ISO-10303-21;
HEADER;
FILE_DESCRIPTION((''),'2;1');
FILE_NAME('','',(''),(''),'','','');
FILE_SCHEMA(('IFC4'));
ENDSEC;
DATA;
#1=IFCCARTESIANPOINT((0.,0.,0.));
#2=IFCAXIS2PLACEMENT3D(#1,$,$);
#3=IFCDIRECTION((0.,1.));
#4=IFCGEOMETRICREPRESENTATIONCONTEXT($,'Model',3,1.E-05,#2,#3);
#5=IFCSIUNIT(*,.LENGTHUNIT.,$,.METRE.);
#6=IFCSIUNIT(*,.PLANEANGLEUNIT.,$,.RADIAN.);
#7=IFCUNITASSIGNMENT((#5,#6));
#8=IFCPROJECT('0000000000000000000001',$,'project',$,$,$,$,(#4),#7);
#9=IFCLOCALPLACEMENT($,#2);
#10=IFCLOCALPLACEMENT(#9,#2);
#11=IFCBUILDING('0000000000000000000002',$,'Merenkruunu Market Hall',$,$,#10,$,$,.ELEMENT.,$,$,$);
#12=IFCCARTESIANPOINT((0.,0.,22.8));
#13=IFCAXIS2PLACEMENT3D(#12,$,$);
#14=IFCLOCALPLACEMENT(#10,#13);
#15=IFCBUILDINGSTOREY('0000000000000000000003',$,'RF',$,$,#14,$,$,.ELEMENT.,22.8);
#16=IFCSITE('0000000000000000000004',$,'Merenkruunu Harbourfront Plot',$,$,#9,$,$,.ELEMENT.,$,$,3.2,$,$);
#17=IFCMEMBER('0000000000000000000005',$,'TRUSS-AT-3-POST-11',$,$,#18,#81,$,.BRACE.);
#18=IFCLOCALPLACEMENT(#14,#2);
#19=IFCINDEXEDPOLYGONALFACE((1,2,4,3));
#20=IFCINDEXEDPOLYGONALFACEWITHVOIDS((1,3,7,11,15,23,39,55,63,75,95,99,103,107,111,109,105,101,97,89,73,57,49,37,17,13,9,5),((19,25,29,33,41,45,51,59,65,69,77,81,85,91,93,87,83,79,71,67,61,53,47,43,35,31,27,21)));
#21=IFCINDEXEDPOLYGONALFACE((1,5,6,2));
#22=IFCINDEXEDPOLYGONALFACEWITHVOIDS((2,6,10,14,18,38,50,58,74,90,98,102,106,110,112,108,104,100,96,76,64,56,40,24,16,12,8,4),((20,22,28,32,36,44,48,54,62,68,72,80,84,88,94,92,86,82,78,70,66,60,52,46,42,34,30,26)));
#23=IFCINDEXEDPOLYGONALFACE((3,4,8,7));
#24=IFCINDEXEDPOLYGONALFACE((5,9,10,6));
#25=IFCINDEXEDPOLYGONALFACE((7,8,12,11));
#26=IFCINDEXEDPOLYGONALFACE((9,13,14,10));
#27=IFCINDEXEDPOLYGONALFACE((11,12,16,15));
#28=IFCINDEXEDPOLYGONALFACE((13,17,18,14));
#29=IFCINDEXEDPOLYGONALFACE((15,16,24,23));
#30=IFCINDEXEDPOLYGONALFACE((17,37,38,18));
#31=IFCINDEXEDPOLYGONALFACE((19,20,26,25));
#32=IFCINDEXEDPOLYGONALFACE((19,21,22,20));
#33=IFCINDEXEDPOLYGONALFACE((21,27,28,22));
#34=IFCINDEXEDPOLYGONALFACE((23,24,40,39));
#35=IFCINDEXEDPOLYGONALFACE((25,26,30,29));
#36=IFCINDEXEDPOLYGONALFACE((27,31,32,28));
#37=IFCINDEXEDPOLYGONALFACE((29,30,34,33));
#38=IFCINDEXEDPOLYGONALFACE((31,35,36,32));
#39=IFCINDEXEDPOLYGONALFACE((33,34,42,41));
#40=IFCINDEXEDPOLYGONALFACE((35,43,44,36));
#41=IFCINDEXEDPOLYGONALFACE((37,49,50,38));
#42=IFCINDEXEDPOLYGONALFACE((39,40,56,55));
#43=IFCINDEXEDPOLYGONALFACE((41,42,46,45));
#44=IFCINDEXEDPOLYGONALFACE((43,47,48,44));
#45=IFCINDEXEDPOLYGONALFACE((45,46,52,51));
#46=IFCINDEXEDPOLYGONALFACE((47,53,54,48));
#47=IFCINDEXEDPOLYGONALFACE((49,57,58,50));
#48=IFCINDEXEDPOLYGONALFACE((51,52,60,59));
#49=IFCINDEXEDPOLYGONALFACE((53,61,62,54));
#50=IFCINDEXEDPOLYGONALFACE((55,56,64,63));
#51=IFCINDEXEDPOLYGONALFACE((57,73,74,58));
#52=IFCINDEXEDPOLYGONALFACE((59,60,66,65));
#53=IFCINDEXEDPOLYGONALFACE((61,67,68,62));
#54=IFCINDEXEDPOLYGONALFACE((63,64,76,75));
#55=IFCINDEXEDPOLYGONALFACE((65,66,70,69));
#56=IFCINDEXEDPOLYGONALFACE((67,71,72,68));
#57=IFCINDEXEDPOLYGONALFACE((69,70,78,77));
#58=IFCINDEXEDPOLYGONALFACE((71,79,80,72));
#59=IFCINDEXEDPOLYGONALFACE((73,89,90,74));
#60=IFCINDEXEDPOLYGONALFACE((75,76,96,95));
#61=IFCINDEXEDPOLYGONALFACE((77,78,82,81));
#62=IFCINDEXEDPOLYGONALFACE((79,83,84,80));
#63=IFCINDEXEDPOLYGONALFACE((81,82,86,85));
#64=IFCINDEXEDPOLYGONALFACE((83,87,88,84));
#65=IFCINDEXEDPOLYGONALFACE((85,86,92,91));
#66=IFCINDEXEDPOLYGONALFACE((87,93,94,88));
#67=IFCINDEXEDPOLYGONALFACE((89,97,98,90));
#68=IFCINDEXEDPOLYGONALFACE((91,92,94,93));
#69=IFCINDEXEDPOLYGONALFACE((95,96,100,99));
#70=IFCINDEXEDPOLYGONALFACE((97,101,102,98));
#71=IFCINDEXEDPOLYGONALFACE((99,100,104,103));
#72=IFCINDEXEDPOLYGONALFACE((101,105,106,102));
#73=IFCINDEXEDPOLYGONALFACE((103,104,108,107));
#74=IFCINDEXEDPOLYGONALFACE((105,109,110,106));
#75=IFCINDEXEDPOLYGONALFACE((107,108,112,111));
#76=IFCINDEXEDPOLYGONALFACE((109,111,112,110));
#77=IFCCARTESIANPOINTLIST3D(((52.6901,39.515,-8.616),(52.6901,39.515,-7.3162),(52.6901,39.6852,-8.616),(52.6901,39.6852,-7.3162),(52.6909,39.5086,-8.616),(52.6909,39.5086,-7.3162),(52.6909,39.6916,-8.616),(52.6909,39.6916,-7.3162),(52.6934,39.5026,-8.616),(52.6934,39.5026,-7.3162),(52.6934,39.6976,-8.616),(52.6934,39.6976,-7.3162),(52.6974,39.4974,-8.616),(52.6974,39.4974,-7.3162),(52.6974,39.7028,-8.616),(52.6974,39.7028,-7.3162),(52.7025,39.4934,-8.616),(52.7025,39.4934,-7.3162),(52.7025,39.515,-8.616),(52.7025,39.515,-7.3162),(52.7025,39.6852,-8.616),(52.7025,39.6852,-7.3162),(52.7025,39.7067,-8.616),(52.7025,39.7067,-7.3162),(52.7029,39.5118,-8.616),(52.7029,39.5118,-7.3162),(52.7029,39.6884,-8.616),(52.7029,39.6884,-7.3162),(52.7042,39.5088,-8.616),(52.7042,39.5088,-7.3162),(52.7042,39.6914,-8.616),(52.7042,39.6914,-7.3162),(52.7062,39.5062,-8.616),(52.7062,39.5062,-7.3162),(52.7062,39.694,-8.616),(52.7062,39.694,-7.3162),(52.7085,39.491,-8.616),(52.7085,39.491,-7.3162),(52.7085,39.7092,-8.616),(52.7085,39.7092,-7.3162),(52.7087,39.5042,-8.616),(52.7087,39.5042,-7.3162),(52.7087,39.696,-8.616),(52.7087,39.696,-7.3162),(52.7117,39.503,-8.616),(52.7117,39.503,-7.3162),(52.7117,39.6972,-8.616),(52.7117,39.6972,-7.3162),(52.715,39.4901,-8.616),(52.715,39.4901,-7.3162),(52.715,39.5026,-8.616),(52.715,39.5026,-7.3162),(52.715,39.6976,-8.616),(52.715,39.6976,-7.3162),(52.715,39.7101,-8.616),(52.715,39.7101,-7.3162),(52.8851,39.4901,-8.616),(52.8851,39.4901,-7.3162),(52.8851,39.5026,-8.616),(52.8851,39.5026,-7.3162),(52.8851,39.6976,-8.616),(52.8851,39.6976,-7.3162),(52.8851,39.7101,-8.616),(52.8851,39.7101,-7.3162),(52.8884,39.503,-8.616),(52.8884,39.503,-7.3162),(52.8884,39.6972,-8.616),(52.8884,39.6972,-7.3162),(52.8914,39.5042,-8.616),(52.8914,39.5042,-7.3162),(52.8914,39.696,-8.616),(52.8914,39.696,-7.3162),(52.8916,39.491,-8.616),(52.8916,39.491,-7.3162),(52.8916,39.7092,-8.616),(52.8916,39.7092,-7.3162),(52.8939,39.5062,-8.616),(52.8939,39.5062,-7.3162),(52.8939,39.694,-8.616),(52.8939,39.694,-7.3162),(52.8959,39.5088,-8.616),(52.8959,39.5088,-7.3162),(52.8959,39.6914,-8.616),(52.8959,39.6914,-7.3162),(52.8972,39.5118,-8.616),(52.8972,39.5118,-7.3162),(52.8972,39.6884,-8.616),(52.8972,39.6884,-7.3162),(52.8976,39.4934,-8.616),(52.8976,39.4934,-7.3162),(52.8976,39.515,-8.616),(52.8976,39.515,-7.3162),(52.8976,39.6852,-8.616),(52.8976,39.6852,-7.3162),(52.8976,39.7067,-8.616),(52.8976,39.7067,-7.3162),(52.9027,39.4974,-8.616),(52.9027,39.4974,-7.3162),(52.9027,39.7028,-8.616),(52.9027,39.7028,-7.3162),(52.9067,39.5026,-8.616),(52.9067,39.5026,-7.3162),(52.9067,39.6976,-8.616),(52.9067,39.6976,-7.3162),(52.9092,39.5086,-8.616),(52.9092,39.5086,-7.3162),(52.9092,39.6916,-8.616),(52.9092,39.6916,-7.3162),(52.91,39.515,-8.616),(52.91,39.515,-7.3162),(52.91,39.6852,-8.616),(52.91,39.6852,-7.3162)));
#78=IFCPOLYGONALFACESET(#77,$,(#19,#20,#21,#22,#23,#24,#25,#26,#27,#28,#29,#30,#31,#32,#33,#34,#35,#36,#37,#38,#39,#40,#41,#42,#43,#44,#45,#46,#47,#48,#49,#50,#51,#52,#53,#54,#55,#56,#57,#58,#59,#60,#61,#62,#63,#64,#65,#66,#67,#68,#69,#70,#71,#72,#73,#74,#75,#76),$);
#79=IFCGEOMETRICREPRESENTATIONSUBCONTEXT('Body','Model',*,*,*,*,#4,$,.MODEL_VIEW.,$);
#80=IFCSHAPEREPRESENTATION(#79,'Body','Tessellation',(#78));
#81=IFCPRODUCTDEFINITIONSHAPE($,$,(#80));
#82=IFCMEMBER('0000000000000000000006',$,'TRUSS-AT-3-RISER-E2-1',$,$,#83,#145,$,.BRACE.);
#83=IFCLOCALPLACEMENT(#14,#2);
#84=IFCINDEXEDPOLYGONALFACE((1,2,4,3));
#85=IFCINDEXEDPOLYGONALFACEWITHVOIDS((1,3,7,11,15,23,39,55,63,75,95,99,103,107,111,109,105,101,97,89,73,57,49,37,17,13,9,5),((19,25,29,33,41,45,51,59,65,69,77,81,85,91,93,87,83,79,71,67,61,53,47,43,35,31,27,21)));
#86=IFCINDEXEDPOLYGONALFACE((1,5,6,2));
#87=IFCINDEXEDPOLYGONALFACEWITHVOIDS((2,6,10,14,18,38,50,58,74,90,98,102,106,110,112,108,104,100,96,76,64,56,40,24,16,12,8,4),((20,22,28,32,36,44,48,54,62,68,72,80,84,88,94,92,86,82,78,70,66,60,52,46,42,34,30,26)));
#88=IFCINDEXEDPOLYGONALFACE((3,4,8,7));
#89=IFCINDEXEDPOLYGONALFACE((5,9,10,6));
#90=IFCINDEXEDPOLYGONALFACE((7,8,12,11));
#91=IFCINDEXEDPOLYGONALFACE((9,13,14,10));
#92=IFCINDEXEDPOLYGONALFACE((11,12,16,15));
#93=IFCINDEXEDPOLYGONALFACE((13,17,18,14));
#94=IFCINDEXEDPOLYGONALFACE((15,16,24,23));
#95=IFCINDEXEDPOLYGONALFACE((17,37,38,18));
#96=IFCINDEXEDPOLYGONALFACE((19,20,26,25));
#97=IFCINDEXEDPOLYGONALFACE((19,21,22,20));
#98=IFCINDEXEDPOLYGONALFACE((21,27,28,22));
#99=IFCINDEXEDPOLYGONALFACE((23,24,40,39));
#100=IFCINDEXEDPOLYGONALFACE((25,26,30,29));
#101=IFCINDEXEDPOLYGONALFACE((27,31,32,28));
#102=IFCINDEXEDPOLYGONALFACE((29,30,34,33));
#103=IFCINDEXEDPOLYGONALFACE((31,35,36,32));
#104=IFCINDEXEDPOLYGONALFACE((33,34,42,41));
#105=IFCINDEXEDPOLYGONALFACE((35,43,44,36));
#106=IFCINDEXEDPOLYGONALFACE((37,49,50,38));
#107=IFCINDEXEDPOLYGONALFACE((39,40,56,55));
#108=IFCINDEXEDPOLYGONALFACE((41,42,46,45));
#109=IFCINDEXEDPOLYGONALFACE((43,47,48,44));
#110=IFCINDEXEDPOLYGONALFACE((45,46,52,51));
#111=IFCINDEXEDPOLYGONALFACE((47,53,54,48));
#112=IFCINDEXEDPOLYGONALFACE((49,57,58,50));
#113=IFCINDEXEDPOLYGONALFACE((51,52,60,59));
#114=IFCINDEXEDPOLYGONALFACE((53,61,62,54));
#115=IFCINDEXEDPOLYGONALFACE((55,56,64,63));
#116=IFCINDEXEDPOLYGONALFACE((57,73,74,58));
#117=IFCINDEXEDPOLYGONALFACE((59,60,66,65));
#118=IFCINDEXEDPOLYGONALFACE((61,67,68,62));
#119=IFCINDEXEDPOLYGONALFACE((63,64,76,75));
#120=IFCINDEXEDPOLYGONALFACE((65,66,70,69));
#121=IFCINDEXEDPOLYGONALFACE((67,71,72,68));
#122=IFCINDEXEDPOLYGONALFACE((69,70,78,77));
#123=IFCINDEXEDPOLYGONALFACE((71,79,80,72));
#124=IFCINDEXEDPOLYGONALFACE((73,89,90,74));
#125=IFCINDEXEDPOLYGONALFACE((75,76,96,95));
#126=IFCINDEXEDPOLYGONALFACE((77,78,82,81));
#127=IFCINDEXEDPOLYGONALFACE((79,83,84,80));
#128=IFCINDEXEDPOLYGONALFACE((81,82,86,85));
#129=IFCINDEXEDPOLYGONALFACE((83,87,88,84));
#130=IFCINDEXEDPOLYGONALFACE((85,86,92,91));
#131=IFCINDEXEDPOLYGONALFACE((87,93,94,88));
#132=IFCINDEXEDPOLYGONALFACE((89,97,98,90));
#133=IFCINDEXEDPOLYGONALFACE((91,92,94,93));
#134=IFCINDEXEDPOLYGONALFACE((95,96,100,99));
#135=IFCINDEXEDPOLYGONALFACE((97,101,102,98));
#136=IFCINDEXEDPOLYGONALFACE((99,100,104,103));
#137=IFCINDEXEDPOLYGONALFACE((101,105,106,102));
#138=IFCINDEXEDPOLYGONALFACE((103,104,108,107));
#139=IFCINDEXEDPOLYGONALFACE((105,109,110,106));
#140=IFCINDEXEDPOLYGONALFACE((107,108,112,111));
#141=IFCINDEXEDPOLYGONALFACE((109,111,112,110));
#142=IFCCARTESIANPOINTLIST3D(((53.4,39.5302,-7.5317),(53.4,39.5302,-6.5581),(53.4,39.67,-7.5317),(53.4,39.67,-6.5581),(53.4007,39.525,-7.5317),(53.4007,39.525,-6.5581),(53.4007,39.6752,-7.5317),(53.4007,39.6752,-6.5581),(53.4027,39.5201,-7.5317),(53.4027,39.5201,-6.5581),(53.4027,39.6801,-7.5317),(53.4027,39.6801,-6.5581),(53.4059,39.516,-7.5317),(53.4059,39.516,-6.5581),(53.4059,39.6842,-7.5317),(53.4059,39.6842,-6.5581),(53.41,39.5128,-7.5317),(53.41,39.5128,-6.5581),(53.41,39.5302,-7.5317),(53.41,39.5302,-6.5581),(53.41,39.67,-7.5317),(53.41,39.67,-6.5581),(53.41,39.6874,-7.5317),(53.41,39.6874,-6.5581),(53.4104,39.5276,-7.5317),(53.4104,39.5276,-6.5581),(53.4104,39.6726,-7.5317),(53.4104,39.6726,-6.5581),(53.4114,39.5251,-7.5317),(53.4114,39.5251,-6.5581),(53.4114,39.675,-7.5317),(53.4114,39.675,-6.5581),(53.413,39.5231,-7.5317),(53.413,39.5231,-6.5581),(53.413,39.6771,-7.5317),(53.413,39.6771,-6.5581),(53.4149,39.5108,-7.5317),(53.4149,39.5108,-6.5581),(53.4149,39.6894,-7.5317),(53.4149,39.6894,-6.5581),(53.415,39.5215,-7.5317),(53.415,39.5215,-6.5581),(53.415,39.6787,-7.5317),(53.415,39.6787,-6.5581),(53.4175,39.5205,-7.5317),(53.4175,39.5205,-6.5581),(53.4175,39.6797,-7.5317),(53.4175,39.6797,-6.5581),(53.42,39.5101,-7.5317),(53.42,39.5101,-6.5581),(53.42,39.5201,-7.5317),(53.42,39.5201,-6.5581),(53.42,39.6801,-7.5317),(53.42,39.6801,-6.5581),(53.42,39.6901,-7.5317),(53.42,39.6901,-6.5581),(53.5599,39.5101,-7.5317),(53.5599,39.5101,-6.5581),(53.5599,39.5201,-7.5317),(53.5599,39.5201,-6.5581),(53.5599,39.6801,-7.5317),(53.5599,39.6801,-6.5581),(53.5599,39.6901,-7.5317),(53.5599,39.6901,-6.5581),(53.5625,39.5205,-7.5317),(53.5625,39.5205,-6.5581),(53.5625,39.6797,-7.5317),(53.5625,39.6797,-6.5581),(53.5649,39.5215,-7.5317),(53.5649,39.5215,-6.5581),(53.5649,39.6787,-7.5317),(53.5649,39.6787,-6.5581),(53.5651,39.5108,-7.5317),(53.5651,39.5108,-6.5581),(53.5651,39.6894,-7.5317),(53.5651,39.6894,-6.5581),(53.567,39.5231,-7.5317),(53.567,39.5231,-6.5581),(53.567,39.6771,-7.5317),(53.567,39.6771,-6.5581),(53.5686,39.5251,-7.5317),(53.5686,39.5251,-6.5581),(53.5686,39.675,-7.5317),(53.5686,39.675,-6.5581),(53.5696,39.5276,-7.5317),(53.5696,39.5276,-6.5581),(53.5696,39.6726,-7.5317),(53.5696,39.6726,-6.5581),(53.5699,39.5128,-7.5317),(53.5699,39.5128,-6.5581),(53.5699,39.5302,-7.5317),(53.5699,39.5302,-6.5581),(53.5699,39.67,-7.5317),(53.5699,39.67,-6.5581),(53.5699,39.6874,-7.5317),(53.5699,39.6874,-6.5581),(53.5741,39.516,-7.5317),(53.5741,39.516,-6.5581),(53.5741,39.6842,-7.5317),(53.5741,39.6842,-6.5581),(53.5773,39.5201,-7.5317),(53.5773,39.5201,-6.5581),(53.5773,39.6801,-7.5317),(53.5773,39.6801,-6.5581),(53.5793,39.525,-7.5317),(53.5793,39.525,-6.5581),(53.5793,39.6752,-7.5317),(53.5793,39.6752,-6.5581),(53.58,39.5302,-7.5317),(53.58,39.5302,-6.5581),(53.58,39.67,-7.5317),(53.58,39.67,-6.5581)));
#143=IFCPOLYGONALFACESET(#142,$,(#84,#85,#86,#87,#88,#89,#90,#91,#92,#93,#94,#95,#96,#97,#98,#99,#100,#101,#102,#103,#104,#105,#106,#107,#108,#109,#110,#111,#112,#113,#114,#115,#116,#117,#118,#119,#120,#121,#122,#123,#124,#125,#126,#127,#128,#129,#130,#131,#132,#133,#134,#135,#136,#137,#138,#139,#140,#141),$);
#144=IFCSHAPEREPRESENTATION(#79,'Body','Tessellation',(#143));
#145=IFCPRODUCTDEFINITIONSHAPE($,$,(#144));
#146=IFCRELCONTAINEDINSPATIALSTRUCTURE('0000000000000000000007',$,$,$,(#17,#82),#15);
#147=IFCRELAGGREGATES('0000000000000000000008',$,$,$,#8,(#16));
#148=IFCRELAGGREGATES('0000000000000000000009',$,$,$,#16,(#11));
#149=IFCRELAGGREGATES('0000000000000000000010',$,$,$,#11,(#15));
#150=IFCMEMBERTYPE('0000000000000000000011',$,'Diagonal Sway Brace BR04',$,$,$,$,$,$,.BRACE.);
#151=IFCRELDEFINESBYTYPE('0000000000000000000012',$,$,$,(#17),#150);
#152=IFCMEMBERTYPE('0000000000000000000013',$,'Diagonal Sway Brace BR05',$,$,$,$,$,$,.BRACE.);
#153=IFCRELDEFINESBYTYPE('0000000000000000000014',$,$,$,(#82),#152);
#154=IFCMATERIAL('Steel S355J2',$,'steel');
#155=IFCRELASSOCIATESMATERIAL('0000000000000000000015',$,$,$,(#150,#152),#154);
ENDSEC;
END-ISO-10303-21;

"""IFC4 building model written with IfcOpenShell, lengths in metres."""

from ifc_helpers import new_model, si_unit, direction, frame, origin, origin_2d, place, context, subcontext, project, spatial, hollow_rectangle, extrude, material, material_profile, profile_set, type_object, element, save


model = new_model("IFC4")

# Units and contexts
model_context = context("Model", 3, precision=1e-05, world=origin(), true_north=direction((0.0, 1.0)))
body_context = subcontext(model_context, "Body", "Model", "MODEL_VIEW")
ifc_project = project(units=[si_unit("LENGTHUNIT", "METRE"), si_unit("PLANEANGLEUNIT", "RADIAN")], contexts=[model_context])

# Site, building, storey
site_placement = place(None, origin())
site = spatial("IfcSite", under=ifc_project, at=site_placement, Name="Merenkruunu Harbourfront Plot", CompositionType="ELEMENT", RefElevation=3.2)
building_placement = place(site_placement, origin())
building = spatial("IfcBuilding", under=site, at=building_placement, Name="Merenkruunu Market Hall", CompositionType="ELEMENT")
storey_placement = place(building_placement, frame((0.0, 0.0, 22.8)))
storey = spatial("IfcBuildingStorey", under=building, at=storey_placement, Name="RF", CompositionType="ELEMENT", Elevation=22.8)

# Members
ifc_material_1 = material(Name="Steel S355J2", Category="steel")
ifc_material_profile_1 = material_profile(ifc_material_1, hollow_rectangle(XDim=0.22, YDim=0.22, WallThickness=0.0125, InnerFilletRadius=0.0125, OuterFilletRadius=0.0249, at=origin_2d()), Name="SHS 220x220x12.5")
ifc_profile_set_1 = profile_set([ifc_material_profile_1], Name="Steel S355J2")
member_type_1 = type_object("IfcMemberType", Name="Diagonal Sway Brace BR04", PredefinedType="BRACE", material=ifc_profile_set_1)
member_1_placement = place(storey_placement, frame((52.8, 39.6001, -8.616), z_axis=(0.0, 0.0, 1.0), x_axis=(1.0, 0.0, 0.0)))
element("IfcMember", 1, at=member_1_placement, inside=storey, type_object=member_type_1, Name="TRUSS-AT-3-POST-11", PredefinedType="BRACE", context=body_context, shape_type="SweptSolid", body=[
    extrude(hollow_rectangle(XDim=0.22, YDim=0.22, WallThickness=0.0125, InnerFilletRadius=0.0125, OuterFilletRadius=0.0249, at=origin_2d()), origin(), (0.0, 0.0, 1.0), 1.2998),
])
ifc_material_profile_2 = material_profile(ifc_material_1, hollow_rectangle(XDim=0.1799, YDim=0.1799, WallThickness=0.01, InnerFilletRadius=0.01, OuterFilletRadius=0.02, at=origin_2d()), Name="SHS 180x180x10")
ifc_profile_set_2 = profile_set([ifc_material_profile_2], Name="Steel S355J2")
member_type_2 = type_object("IfcMemberType", Name="Diagonal Sway Brace BR05", PredefinedType="BRACE", material=ifc_profile_set_2)
member_2_placement = place(storey_placement, frame((53.49, 39.6001, -7.5317), z_axis=(0.0, 0.0, 1.0), x_axis=(1.0, 0.0, 0.0)))
element("IfcMember", 2, at=member_2_placement, inside=storey, type_object=member_type_2, Name="TRUSS-AT-3-RISER-E2-1", PredefinedType="BRACE", context=body_context, shape_type="SweptSolid", body=[
    extrude(hollow_rectangle(XDim=0.1799, YDim=0.1799, WallThickness=0.01, InnerFilletRadius=0.01, OuterFilletRadius=0.02, at=origin_2d()), origin(), (0.0, 0.0, 1.0), 0.9736),
])

save(model, "model.ifc")
